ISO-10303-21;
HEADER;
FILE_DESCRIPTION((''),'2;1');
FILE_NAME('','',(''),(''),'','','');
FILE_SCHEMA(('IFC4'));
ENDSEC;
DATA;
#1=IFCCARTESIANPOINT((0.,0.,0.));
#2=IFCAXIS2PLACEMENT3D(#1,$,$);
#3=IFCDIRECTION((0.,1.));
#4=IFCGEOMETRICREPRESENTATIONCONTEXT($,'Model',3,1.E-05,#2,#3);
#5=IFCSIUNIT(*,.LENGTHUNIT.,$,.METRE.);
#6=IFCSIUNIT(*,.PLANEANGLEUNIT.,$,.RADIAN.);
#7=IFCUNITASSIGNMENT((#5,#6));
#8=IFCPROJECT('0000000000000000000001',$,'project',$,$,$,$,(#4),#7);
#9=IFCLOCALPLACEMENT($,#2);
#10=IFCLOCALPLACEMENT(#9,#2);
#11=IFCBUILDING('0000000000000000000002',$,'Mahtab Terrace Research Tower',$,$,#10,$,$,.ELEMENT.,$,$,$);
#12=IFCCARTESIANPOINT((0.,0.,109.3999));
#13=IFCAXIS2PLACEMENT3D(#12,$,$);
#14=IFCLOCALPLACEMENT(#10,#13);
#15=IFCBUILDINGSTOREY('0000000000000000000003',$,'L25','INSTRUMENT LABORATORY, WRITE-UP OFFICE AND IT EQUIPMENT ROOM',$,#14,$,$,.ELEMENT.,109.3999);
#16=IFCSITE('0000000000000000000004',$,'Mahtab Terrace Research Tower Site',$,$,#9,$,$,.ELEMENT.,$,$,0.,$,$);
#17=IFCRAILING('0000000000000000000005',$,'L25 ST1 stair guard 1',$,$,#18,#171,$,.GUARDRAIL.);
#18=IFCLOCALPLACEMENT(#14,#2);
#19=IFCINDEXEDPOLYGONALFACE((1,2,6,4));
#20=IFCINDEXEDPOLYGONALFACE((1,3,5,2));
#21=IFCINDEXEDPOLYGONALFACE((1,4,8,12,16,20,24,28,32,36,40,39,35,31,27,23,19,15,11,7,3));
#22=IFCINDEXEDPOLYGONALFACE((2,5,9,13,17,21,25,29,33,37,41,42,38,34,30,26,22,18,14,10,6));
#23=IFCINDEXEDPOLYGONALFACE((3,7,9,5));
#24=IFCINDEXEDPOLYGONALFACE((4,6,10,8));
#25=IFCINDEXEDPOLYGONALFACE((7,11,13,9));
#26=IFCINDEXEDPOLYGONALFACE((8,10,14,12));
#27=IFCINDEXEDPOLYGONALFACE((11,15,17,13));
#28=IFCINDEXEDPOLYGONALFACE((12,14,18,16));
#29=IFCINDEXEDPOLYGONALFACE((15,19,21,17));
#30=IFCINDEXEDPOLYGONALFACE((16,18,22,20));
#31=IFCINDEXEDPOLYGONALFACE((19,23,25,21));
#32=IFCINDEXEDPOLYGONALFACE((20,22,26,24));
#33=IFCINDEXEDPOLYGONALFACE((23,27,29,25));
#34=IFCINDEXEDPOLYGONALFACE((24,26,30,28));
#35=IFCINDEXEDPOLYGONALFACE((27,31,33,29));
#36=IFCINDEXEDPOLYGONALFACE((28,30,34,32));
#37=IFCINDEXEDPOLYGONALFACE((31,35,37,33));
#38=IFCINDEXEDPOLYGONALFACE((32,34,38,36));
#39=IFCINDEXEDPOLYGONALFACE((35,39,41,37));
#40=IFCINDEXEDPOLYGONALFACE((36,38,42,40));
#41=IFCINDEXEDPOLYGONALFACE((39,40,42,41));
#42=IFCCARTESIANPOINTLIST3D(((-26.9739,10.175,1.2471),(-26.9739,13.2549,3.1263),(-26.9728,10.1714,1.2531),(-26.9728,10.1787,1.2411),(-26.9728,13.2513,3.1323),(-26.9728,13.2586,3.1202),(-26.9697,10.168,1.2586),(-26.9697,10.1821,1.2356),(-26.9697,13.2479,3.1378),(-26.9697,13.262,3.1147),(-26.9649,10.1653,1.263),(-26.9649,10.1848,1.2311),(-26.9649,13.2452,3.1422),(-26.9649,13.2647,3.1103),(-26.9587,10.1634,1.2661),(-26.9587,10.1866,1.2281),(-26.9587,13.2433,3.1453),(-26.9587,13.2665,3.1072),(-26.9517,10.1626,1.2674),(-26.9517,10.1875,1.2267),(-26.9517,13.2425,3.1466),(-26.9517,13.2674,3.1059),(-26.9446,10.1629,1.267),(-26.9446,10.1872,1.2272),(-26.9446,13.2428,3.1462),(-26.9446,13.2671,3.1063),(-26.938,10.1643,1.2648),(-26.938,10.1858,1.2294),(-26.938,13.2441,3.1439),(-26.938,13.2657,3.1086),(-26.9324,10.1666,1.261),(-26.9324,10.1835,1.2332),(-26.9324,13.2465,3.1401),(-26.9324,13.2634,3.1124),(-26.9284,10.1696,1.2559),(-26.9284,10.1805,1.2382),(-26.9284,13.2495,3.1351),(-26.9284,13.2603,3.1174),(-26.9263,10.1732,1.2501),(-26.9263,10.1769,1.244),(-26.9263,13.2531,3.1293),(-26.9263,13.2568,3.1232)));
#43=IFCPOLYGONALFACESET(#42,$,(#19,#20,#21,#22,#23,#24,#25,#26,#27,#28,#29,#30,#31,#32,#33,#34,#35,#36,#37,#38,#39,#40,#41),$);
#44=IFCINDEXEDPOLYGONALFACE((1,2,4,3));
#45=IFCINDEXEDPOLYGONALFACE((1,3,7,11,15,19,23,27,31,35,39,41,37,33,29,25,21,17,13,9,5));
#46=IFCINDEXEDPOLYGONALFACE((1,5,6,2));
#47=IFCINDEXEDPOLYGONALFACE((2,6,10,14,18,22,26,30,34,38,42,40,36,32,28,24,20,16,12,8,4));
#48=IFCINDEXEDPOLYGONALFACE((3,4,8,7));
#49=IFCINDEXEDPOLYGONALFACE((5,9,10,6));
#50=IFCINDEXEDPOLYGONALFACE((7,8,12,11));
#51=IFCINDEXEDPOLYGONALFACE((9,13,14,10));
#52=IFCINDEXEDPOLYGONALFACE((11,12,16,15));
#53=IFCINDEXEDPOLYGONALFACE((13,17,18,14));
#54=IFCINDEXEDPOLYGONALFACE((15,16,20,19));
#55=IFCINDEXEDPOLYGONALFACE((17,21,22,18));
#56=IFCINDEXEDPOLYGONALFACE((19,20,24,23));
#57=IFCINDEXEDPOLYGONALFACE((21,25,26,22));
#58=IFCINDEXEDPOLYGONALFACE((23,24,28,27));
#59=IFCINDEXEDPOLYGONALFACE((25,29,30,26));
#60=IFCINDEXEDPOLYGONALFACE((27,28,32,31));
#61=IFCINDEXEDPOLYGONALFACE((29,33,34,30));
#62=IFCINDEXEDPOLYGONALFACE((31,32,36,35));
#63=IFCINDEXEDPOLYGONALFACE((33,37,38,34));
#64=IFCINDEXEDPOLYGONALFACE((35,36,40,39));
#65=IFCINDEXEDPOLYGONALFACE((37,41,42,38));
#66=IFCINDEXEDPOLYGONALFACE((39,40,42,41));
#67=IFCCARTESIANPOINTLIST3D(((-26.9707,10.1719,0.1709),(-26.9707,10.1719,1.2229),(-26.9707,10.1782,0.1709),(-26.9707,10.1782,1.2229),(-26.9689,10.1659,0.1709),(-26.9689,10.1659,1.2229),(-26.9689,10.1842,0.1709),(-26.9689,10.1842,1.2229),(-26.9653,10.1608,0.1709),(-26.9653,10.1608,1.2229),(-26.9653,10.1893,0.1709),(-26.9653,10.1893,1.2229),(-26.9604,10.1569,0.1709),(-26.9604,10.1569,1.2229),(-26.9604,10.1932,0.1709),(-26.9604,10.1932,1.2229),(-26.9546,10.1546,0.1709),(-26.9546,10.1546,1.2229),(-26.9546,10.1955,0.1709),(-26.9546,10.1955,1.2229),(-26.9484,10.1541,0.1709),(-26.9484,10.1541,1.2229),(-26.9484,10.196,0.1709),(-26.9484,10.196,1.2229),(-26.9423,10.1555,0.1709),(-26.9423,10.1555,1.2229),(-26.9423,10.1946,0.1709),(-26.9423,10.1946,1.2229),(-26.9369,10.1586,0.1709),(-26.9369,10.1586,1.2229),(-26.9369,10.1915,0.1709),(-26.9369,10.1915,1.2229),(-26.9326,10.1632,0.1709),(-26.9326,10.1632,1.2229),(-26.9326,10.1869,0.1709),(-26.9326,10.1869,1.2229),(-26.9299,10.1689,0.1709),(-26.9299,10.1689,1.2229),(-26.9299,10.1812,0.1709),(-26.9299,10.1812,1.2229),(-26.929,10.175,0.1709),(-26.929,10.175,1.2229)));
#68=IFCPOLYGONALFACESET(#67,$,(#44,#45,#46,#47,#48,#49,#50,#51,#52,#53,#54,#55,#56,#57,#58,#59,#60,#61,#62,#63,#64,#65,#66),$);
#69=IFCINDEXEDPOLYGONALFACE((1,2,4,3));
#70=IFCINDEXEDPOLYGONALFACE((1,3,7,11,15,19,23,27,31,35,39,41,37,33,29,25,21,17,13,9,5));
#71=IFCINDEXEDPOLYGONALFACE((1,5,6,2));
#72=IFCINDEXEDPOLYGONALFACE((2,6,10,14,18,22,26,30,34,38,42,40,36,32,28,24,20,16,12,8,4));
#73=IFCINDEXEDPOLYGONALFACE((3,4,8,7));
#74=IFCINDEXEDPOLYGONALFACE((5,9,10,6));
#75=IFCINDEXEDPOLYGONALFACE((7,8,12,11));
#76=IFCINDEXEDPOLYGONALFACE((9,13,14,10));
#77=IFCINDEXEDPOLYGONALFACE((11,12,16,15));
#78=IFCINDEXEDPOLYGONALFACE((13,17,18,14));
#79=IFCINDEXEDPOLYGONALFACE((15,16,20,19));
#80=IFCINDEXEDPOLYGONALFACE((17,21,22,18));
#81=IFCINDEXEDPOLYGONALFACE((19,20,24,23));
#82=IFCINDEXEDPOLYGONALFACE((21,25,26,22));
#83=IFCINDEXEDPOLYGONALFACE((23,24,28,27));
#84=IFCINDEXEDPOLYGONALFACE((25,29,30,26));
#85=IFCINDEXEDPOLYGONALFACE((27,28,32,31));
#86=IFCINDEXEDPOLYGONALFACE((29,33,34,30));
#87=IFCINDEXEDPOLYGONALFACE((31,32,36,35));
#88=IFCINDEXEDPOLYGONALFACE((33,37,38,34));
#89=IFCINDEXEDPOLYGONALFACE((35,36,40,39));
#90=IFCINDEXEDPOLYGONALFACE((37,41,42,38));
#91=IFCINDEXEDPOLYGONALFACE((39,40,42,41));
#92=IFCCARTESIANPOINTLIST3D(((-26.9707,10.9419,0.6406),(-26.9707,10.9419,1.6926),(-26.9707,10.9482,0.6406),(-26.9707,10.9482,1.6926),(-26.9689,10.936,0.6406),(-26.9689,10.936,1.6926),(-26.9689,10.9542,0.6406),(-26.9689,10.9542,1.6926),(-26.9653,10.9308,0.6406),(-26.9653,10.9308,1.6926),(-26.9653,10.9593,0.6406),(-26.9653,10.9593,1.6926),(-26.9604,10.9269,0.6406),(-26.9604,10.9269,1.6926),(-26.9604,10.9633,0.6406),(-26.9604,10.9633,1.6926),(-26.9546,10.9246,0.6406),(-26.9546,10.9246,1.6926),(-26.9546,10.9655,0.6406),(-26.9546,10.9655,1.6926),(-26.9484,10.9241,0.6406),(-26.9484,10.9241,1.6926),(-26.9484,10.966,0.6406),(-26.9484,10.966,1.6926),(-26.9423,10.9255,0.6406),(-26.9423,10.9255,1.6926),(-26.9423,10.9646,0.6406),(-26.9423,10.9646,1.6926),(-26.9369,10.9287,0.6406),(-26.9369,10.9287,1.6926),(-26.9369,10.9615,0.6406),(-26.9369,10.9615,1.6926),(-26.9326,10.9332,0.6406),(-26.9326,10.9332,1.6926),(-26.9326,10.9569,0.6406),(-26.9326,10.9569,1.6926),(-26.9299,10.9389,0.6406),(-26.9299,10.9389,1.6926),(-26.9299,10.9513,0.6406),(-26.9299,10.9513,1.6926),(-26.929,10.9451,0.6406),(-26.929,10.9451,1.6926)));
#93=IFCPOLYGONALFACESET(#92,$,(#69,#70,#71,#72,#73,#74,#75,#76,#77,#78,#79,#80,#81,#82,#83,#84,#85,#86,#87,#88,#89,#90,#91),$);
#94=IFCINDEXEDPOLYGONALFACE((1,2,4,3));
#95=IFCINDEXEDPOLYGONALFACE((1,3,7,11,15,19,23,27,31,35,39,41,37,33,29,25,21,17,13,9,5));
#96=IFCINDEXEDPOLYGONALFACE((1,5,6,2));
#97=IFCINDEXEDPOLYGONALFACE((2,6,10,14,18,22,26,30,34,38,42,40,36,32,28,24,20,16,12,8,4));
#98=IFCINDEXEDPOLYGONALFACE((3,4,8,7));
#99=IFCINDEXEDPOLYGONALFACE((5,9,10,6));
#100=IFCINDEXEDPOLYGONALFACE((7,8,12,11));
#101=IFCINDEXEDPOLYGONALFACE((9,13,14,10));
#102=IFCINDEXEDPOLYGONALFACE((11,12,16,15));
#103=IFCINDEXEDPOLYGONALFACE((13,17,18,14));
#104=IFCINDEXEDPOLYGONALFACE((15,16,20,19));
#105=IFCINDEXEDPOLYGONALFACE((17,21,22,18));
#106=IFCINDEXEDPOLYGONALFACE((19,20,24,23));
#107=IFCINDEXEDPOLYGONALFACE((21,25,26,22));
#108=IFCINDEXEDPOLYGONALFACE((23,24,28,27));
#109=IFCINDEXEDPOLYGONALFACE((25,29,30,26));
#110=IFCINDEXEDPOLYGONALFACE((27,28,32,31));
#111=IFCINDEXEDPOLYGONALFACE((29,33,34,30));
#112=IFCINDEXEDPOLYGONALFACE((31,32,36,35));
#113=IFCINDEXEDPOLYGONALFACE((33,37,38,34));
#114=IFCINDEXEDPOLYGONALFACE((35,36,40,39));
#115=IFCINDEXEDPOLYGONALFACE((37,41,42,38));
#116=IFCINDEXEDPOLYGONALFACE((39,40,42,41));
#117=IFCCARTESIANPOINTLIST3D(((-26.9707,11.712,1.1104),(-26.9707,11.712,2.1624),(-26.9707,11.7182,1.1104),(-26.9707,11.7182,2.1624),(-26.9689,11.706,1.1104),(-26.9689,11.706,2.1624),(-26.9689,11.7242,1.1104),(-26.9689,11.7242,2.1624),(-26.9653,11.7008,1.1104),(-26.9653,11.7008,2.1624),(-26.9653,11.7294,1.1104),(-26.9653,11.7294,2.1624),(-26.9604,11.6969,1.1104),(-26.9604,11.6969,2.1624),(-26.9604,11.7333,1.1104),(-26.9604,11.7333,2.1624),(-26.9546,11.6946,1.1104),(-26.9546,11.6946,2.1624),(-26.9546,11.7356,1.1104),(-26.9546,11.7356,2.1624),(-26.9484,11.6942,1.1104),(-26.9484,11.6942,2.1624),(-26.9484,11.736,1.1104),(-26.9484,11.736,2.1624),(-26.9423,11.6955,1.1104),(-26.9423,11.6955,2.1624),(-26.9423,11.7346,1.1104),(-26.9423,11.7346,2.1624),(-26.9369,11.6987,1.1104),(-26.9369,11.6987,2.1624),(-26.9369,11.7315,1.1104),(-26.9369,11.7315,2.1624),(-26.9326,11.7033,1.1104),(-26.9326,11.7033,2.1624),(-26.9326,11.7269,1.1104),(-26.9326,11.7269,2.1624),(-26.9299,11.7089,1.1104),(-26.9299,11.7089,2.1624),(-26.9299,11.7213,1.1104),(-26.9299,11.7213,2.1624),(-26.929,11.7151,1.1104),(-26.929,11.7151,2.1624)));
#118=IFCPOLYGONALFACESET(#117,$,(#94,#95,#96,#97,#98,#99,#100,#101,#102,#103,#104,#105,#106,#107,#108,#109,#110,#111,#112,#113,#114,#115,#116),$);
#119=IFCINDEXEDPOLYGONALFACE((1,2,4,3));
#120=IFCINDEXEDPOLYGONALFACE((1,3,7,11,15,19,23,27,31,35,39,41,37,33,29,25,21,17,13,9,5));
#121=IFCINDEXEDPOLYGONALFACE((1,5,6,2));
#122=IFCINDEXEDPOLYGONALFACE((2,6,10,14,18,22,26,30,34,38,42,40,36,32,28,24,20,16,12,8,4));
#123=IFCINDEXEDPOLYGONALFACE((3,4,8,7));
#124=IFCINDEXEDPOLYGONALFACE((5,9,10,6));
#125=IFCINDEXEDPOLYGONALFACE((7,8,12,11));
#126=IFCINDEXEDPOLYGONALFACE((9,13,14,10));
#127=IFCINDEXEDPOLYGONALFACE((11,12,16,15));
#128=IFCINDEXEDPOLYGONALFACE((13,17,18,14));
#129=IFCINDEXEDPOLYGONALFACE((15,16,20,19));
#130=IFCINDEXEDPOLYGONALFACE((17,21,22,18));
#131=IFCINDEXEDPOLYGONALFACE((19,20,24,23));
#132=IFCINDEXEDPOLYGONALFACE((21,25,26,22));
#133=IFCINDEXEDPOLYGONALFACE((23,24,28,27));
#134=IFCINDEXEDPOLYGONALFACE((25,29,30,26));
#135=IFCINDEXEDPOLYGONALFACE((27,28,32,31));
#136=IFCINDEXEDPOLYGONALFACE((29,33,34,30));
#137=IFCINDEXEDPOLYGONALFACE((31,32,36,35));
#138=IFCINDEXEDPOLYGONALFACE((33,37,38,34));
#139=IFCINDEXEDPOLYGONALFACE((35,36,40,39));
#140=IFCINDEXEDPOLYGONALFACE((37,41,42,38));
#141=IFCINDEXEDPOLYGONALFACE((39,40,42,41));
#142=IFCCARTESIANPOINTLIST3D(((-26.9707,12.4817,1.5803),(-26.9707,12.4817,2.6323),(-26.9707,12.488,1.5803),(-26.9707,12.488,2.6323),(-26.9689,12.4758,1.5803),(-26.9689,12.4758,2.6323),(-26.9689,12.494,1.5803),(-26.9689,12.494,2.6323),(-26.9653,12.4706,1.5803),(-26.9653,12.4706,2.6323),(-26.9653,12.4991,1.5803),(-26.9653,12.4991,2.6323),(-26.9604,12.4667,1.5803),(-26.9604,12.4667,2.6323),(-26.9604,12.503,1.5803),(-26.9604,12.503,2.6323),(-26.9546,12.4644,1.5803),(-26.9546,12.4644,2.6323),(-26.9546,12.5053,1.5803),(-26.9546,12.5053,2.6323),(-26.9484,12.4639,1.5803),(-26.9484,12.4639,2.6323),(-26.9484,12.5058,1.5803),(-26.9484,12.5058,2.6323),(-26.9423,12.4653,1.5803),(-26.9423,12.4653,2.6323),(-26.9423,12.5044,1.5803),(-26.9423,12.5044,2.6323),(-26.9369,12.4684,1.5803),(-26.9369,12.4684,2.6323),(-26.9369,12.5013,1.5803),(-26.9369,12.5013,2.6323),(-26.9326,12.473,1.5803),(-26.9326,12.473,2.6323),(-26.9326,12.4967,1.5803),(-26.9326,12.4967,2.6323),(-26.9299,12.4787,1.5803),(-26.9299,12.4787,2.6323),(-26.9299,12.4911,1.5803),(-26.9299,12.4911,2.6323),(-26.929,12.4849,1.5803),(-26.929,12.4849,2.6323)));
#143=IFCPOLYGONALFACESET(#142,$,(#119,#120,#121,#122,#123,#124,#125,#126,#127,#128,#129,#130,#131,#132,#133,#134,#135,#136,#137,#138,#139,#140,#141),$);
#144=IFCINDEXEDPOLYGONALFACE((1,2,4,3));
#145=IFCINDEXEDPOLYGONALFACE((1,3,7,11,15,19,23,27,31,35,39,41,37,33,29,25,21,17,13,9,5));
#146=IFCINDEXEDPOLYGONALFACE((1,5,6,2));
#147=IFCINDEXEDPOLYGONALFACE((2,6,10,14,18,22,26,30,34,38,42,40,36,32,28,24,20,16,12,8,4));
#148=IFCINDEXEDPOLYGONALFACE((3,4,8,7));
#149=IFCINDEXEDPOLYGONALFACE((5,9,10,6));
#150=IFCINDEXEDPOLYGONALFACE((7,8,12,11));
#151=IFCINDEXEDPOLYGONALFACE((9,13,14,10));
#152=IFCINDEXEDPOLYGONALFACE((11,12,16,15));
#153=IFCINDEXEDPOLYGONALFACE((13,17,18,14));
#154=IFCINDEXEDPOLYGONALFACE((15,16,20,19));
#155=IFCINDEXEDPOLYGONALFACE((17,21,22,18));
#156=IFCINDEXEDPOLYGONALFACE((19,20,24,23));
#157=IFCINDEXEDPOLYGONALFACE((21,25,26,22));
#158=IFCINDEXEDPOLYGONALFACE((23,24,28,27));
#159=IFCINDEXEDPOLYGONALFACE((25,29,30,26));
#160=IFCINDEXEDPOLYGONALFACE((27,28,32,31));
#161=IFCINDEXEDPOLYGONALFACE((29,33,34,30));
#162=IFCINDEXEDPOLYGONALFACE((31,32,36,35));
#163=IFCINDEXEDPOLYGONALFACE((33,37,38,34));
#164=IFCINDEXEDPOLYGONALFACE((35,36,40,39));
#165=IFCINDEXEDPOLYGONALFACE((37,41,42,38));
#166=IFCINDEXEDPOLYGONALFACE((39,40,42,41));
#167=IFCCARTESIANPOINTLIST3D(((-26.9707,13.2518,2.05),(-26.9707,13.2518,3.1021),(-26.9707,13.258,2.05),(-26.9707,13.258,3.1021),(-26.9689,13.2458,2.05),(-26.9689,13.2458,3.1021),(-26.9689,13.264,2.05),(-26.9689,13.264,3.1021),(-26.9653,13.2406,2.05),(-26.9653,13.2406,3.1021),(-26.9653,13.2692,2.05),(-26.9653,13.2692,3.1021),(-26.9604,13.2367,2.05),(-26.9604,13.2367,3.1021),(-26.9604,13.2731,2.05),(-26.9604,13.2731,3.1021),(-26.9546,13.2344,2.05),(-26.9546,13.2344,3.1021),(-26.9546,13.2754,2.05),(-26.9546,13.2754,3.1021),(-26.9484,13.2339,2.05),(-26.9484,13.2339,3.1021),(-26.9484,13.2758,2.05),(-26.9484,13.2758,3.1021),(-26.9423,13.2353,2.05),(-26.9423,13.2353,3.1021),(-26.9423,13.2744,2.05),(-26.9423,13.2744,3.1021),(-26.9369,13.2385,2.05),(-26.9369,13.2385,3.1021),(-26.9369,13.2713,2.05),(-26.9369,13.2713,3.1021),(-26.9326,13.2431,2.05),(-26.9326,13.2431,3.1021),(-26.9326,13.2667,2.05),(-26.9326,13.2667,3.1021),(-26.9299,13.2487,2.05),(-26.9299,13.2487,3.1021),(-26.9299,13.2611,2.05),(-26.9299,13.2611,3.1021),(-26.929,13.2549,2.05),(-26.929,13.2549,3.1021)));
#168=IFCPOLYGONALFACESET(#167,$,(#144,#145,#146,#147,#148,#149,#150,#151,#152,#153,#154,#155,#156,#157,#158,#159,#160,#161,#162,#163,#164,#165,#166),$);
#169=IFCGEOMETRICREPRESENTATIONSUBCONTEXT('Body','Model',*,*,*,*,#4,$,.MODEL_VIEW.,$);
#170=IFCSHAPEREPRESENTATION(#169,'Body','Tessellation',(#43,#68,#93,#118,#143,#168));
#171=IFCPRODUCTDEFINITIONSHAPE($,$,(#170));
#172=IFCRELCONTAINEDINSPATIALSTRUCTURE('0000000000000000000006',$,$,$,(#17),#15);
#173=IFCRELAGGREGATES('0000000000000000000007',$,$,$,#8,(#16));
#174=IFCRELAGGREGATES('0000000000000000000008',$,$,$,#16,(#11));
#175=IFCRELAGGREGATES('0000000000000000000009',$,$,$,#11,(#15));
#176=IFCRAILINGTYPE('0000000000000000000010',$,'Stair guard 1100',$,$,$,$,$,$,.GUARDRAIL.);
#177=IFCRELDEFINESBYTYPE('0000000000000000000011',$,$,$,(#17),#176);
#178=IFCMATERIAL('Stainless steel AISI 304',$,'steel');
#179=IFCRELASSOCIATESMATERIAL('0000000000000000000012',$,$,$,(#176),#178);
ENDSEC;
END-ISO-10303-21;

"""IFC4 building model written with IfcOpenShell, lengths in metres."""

from ifc_helpers import new_model, si_unit, direction, frame, origin, origin_2d, place, context, subcontext, project, spatial, circle, extrude, material, type_object, element, save


model = new_model("IFC4")

# Units and contexts
model_context = context("Model", 3, precision=1e-05, world=origin(), true_north=direction((0.0, 1.0)))
body_context = subcontext(model_context, "Body", "Model", "MODEL_VIEW")
ifc_project = project(units=[si_unit("LENGTHUNIT", "METRE"), si_unit("PLANEANGLEUNIT", "RADIAN")], contexts=[model_context])

# Site, building, storey
site_placement = place(None, origin())
site = spatial("IfcSite", under=ifc_project, at=site_placement, Name="Mahtab Terrace Research Tower Site", CompositionType="ELEMENT", RefElevation=0.0)
building_placement = place(site_placement, origin())
building = spatial("IfcBuilding", under=site, at=building_placement, Name="Mahtab Terrace Research Tower", CompositionType="ELEMENT")
storey_placement = place(building_placement, frame((0.0, 0.0, 109.3999)))
storey = spatial("IfcBuildingStorey", under=building, at=storey_placement, Name="L25", Description="INSTRUMENT LABORATORY, WRITE-UP OFFICE AND IT EQUIPMENT ROOM", CompositionType="ELEMENT", Elevation=109.3999)

# Railing
ifc_material_1 = material(Name="Stainless steel AISI 304", Category="steel")
railing_type_1 = type_object("IfcRailingType", Name="Stair guard 1100", PredefinedType="GUARDRAIL", material=ifc_material_1)
railing_1_placement = place(storey_placement, frame((-26.95, 10.175, 0.1709)))
element("IfcRailing", 1, at=railing_1_placement, inside=storey, type_object=railing_type_1, Name="L25 ST1 stair guard 1", PredefinedType="GUARDRAIL", context=body_context, shape_type="SweptSolid", body=[
    extrude(circle(Radius=0.0239, at=origin_2d()), frame((0.0, 0.0, 1.0762), z_axis=(0.0, 0.853648, 0.52085), x_axis=(-1.0, 0.0, 0.0)), (0.0, 0.0, 1.0), 3.6079),
    extrude(circle(Radius=0.021, at=origin_2d()), origin(), (0.0, 0.0, 1.0), 1.052),
    extrude(circle(Radius=0.021, at=origin_2d()), frame((0.0, 0.77, 0.4697)), (0.0, 0.0, 1.0), 1.052),
    extrude(circle(Radius=0.021, at=origin_2d()), frame((0.0, 1.54, 0.9395)), (0.0, 0.0, 1.0), 1.052),
    extrude(circle(Radius=0.021, at=origin_2d()), frame((0.0, 2.3098, 1.4094)), (0.0, 0.0, 1.0), 1.052),
    extrude(circle(Radius=0.021, at=origin_2d()), frame((0.0, 3.0798, 1.8792)), (0.0, 0.0, 1.0), 1.052),
])

save(model, "model.ifc")
